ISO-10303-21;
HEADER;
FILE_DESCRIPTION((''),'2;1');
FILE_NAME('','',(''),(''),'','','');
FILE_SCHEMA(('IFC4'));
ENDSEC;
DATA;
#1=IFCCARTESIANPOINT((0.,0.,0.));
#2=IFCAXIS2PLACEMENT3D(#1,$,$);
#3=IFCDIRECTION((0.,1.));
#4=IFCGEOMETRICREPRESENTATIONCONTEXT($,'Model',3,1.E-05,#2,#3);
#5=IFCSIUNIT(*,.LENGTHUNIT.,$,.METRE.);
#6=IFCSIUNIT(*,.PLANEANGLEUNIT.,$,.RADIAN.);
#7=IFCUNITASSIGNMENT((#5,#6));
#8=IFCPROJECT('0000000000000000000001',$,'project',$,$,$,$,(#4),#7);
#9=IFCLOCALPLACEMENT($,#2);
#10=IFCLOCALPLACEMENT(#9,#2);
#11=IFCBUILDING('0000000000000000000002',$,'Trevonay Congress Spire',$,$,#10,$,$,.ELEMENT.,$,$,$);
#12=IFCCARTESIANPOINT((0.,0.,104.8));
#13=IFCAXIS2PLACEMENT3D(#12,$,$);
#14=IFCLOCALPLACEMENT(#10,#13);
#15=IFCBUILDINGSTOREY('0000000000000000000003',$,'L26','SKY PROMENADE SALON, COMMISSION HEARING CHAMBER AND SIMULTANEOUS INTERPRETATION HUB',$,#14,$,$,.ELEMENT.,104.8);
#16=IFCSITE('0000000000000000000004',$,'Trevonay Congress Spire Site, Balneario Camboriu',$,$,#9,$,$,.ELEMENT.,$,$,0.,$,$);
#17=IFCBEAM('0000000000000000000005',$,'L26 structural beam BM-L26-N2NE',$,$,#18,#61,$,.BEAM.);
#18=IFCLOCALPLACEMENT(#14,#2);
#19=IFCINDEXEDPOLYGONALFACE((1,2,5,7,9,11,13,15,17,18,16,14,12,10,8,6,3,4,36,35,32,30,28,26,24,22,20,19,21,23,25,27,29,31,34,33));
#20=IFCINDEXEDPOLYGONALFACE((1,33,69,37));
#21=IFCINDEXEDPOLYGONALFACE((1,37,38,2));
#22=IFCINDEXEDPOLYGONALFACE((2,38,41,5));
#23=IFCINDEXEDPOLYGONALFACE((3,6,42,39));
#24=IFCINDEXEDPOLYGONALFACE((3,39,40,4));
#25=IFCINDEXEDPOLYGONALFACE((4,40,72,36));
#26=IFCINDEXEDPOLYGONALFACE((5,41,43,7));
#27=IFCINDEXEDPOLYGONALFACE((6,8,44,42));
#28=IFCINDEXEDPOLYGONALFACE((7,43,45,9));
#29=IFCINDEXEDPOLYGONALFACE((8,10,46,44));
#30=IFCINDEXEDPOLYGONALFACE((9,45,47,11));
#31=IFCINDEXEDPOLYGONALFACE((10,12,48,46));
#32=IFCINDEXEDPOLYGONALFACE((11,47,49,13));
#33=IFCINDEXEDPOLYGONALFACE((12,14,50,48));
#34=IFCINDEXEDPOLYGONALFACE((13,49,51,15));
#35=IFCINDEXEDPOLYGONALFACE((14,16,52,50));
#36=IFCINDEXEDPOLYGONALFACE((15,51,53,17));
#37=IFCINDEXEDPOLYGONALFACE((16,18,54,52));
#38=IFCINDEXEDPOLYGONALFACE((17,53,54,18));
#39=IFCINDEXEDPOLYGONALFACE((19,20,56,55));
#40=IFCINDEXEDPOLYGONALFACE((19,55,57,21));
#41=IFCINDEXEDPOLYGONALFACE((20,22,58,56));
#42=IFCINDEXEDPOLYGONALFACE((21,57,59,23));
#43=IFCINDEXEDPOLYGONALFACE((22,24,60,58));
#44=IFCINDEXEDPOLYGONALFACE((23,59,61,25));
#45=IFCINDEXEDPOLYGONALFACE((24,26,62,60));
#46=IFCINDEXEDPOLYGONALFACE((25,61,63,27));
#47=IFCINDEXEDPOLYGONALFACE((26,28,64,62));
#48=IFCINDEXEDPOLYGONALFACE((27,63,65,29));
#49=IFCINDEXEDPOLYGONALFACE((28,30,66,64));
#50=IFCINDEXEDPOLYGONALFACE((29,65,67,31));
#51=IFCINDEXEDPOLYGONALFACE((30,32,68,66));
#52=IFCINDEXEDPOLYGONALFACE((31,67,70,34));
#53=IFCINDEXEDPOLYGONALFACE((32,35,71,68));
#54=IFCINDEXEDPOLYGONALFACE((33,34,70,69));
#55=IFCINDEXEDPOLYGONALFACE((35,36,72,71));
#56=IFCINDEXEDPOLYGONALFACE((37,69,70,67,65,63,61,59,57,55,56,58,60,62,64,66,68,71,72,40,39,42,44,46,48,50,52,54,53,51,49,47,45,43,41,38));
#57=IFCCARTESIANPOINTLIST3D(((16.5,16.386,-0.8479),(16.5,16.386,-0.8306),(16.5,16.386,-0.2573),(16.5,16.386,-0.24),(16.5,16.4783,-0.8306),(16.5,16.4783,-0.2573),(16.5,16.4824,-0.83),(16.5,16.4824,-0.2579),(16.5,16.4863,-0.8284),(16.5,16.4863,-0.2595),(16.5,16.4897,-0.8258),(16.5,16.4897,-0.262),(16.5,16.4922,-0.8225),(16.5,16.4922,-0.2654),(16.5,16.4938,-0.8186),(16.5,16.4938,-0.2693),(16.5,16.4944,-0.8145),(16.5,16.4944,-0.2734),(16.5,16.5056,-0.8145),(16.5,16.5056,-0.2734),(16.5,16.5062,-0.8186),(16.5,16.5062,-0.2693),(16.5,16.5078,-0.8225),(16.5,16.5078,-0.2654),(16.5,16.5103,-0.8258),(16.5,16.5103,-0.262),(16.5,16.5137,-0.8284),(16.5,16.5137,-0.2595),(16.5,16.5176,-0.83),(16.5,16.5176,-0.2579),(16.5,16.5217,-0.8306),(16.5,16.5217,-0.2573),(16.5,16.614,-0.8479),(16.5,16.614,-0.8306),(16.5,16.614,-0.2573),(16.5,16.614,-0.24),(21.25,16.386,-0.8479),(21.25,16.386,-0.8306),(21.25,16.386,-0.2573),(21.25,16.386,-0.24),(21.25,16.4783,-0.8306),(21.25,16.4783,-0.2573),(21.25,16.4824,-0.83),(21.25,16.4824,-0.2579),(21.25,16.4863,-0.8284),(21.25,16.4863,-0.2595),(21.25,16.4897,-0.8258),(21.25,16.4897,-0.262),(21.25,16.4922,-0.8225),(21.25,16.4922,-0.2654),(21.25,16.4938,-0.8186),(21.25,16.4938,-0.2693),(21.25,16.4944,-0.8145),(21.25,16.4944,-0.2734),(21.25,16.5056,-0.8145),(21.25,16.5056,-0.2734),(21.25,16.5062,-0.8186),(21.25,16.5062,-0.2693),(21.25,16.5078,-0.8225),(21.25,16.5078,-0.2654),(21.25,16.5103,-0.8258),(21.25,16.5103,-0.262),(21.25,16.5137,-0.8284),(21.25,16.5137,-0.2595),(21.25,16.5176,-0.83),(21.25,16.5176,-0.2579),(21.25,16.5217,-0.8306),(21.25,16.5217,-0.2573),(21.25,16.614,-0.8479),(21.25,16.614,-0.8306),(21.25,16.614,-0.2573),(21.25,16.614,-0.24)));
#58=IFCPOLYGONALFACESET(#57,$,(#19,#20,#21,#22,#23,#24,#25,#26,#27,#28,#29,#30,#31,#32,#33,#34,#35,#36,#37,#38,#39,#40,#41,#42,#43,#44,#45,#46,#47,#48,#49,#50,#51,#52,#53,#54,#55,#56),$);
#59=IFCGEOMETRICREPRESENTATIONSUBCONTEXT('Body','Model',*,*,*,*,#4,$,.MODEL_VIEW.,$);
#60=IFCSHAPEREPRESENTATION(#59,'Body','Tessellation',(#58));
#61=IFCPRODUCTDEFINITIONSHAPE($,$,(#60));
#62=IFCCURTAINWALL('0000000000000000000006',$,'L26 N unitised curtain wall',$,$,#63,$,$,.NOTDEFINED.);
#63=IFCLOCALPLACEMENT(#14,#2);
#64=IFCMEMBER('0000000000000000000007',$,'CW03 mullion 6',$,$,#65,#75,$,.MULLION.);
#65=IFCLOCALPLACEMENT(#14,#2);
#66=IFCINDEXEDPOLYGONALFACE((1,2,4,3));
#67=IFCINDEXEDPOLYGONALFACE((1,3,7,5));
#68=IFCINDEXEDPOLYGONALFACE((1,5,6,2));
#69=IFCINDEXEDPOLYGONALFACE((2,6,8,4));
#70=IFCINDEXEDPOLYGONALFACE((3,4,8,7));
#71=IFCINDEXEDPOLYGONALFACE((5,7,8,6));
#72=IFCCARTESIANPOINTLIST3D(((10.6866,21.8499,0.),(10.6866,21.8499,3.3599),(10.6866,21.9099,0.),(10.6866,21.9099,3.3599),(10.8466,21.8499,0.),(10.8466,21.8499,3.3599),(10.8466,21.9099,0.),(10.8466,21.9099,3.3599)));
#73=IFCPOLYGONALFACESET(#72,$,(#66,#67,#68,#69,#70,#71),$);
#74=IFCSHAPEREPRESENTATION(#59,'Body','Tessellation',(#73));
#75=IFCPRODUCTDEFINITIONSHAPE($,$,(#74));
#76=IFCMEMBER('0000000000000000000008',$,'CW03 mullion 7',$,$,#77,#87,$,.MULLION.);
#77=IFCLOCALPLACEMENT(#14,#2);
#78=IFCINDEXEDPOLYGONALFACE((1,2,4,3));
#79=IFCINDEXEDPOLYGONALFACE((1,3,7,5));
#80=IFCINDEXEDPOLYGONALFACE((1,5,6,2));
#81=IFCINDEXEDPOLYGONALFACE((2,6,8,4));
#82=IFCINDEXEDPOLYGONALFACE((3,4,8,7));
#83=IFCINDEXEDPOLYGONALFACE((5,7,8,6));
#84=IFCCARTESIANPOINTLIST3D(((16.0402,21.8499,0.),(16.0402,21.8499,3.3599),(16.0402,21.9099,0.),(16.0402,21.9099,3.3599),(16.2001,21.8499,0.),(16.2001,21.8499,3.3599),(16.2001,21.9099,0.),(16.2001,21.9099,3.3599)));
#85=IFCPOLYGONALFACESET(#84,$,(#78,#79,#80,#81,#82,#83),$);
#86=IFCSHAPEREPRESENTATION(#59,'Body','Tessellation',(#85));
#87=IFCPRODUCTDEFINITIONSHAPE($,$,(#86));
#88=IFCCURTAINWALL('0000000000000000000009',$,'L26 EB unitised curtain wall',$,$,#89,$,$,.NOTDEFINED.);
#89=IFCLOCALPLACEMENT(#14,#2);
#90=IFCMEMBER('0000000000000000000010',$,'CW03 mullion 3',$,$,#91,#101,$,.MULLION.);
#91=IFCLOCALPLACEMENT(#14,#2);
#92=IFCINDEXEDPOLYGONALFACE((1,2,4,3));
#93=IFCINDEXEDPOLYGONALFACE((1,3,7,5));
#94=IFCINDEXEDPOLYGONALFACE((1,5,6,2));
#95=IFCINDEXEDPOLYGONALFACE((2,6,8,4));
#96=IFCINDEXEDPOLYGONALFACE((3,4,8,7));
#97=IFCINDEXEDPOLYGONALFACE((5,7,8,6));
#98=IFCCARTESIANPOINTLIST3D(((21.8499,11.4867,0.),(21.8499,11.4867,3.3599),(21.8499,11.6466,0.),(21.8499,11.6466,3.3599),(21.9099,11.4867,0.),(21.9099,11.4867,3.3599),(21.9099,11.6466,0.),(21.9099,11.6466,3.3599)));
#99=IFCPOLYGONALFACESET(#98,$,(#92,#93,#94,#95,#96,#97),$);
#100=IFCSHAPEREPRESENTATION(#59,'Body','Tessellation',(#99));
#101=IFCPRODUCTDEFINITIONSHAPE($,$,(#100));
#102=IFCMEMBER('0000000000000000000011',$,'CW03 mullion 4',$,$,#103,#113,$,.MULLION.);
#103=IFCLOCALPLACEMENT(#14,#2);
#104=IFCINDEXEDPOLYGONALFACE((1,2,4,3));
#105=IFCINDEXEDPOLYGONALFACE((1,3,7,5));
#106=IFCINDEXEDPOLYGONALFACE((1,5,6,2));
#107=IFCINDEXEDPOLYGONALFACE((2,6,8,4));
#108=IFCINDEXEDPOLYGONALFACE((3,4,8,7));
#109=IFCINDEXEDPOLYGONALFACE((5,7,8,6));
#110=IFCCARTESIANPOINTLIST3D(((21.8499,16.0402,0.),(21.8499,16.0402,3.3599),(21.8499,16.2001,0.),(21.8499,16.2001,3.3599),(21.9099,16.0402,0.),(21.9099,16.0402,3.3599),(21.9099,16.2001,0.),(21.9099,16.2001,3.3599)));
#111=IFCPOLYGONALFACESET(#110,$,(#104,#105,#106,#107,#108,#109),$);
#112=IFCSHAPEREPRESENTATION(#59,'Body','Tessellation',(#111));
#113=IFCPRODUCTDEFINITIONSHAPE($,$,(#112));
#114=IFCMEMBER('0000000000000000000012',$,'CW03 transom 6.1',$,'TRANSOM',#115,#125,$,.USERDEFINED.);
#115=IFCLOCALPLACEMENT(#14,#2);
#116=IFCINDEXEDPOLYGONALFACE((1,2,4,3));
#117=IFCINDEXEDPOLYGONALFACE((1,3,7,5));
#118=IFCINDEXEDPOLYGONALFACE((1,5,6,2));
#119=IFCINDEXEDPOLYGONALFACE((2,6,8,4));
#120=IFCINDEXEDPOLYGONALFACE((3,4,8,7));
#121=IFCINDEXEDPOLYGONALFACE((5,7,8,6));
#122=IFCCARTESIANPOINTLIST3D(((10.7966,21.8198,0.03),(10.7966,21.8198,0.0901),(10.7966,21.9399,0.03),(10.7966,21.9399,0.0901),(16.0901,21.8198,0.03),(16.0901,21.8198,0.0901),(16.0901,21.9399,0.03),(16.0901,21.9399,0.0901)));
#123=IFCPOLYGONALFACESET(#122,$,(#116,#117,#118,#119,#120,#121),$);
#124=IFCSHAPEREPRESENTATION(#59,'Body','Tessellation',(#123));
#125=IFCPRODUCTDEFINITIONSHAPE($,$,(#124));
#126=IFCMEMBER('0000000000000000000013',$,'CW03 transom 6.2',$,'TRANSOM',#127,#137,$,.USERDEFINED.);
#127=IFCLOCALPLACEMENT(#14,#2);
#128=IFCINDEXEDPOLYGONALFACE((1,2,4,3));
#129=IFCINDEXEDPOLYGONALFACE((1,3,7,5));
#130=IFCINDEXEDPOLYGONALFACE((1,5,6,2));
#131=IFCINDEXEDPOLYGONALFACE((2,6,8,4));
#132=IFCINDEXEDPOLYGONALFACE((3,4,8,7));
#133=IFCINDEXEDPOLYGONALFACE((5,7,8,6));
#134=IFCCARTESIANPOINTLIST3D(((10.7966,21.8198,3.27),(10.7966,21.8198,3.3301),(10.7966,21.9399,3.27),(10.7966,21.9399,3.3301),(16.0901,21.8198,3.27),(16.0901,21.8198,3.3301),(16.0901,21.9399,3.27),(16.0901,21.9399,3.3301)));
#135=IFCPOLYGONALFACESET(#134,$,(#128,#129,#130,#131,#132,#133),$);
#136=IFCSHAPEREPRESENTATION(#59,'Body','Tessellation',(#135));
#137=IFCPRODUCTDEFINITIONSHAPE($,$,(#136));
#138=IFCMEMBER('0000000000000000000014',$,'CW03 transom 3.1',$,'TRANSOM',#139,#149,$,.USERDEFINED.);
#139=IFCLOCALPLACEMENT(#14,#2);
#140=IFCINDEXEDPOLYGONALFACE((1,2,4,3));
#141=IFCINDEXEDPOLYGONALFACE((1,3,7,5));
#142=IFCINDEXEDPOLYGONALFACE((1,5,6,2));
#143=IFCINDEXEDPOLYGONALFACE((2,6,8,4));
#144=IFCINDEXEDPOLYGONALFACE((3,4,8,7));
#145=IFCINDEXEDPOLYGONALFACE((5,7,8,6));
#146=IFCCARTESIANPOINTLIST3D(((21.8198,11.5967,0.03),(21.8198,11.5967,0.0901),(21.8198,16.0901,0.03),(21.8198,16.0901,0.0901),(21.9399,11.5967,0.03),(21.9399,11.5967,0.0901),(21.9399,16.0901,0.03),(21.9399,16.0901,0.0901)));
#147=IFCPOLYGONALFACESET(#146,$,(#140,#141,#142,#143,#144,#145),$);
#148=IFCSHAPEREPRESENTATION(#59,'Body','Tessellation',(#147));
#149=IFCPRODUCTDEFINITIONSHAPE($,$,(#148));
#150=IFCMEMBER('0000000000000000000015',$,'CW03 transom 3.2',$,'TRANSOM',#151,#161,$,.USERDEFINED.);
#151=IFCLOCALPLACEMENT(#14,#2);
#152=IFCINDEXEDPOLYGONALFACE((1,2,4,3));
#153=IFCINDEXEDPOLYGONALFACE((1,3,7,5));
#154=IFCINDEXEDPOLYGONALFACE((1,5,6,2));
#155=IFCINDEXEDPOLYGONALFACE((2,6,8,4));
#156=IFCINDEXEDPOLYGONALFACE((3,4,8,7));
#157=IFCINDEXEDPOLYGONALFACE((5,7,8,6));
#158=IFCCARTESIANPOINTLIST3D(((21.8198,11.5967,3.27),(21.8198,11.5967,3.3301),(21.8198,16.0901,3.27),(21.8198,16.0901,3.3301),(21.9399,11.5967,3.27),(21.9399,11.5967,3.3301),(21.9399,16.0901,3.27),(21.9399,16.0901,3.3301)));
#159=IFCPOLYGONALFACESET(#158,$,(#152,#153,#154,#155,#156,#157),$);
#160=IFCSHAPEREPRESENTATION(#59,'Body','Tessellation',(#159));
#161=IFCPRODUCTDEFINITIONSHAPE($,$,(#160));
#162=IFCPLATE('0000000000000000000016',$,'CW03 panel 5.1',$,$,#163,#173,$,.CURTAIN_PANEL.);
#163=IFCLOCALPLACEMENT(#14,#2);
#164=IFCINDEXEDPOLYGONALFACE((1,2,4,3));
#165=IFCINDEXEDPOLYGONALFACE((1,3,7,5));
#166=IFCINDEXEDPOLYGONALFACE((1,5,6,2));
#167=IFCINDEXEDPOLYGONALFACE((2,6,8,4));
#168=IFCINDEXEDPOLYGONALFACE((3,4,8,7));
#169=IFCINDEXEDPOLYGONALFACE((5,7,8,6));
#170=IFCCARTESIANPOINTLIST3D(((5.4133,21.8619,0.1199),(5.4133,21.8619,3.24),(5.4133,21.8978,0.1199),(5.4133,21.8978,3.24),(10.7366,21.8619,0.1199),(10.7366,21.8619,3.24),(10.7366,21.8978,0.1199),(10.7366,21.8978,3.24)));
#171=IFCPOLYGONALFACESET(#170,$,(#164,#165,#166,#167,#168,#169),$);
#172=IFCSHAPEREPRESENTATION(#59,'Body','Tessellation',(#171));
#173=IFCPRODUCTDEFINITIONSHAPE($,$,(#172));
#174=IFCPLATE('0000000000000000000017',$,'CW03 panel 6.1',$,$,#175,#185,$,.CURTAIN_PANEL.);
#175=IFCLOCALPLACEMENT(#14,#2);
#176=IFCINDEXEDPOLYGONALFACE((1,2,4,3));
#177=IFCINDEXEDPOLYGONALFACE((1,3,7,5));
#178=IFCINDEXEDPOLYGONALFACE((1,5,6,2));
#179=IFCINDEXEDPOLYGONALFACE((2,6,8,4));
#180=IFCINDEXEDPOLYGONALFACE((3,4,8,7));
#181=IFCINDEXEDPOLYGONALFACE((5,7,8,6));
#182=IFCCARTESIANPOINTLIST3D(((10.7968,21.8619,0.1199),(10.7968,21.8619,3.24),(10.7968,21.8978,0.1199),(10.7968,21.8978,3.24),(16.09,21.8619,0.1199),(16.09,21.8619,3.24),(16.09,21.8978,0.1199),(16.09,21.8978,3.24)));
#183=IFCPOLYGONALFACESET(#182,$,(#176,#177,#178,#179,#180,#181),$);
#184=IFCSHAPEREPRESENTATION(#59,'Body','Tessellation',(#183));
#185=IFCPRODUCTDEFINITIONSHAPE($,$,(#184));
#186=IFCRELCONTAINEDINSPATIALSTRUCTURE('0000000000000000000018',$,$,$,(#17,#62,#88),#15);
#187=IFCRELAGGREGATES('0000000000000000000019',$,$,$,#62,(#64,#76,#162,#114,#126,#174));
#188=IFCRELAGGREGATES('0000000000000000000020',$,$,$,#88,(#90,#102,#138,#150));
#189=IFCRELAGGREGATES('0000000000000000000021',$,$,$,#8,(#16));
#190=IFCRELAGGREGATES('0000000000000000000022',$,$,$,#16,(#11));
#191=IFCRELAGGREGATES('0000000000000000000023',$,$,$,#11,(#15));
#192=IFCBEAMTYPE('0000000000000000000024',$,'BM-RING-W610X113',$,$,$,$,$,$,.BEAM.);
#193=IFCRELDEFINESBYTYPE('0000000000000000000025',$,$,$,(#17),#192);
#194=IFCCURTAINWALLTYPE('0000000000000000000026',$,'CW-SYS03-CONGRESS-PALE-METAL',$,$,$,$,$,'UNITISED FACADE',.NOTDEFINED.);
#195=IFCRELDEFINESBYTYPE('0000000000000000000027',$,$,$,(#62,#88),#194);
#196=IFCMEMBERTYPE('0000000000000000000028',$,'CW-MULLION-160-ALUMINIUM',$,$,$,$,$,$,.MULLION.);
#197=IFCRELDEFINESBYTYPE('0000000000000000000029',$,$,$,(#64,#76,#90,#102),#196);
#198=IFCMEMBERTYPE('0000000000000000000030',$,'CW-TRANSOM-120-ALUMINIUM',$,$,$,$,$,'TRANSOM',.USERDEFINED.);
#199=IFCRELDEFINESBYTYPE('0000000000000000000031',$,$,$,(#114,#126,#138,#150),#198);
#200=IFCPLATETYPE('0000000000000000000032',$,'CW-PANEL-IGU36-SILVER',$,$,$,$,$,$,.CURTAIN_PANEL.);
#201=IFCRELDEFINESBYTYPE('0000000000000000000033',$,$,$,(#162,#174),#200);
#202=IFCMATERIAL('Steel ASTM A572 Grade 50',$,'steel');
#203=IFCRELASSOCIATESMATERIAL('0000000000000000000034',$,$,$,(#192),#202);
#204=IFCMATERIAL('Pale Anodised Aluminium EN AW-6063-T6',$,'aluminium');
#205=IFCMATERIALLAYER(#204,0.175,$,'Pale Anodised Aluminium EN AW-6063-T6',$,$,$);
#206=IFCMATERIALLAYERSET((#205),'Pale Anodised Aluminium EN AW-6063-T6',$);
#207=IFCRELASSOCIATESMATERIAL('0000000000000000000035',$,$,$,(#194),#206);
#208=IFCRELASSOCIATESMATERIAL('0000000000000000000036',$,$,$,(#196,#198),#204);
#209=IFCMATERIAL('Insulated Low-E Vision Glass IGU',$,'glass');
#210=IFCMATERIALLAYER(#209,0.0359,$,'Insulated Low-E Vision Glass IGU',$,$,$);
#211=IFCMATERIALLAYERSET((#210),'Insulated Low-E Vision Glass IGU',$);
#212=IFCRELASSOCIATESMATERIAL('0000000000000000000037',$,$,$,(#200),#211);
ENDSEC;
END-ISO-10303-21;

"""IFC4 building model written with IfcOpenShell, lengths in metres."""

from ifc_helpers import new_model, si_unit, direction, frame, origin, origin_2d, place, context, subcontext, project, spatial, rectangle, i_section, extrude, material, layer, layer_set, material_profile, profile_set, type_object, element, aggregate, save


model = new_model("IFC4")

# Units and contexts
model_context = context("Model", 3, precision=1e-05, world=origin(), true_north=direction((0.0, 1.0)))
body_context = subcontext(model_context, "Body", "Model", "MODEL_VIEW")
ifc_project = project(units=[si_unit("LENGTHUNIT", "METRE"), si_unit("PLANEANGLEUNIT", "RADIAN")], contexts=[model_context])

# Site, building, storey
site_placement = place(None, origin())
site = spatial("IfcSite", under=ifc_project, at=site_placement, Name="Trevonay Congress Spire Site, Balneario Camboriu", CompositionType="ELEMENT", RefElevation=0.0)
building_placement = place(site_placement, origin())
building = spatial("IfcBuilding", under=site, at=building_placement, Name="Trevonay Congress Spire", CompositionType="ELEMENT")
storey_placement = place(building_placement, frame((0.0, 0.0, 104.8)))
storey = spatial("IfcBuildingStorey", under=building, at=storey_placement, Name="L26", Description="SKY PROMENADE SALON, COMMISSION HEARING CHAMBER AND SIMULTANEOUS INTERPRETATION HUB", CompositionType="ELEMENT", Elevation=104.8)

# Shared definitions
ifc_material_1 = material(Name="Steel ASTM A572 Grade 50", Category="steel")

# Beam
ifc_material_profile_1 = material_profile(ifc_material_1, i_section(OverallWidth=0.228, OverallDepth=0.6079, WebThickness=0.0112, FlangeThickness=0.0173, FilletRadius=0.0161, at=origin_2d()), Name="W610x113")
ifc_profile_set_1 = profile_set([ifc_material_profile_1], Name="Steel ASTM A572 Grade 50")
beam_type = type_object("IfcBeamType", Name="BM-RING-W610X113", PredefinedType="BEAM", material=ifc_profile_set_1)
for number, where, z_axis, x_axis, name in (
    (1, (21.25, 16.5, -0.5439), (-1.0, 0.0, 0.0), (0.0, -1.0, 0.0), "L26 structural beam BM-L26-N2NE"),
):
    element("IfcBeam", number, at=place(storey_placement, frame(where, z_axis=z_axis, x_axis=x_axis)), inside=storey, type_object=beam_type, Name=name, PredefinedType="BEAM", context=body_context, shape_type="SweptSolid", body=[
        extrude(i_section(OverallWidth=0.228, OverallDepth=0.6079, WebThickness=0.0112, FlangeThickness=0.0173, FilletRadius=0.0161, at=origin_2d()), origin(), (0.0, 0.0, 1.0), 4.75),
    ])

# Curtain walls, members
ifc_material_2 = material(Name="Pale Anodised Aluminium EN AW-6063-T6", Category="aluminium")
ifc_layer_1 = layer(ifc_material_2, 0.175, Name="Pale Anodised Aluminium EN AW-6063-T6")
ifc_layer_set_1 = layer_set([ifc_layer_1], Name="Pale Anodised Aluminium EN AW-6063-T6")
curtain_wall_type = type_object("IfcCurtainWallType", Name="CW-SYS03-CONGRESS-PALE-METAL", ElementType="UNITISED FACADE", PredefinedType="NOTDEFINED", material=ifc_layer_set_1)
curtain_wall_1_placement = place(storey_placement, origin())
curtain_wall_1 = element("IfcCurtainWall", 2, at=curtain_wall_1_placement, inside=storey, type_object=curtain_wall_type, Name="L26 N unitised curtain wall", PredefinedType="NOTDEFINED")
ifc_material_profile_2 = material_profile(ifc_material_2, rectangle(XDim=0.0601, YDim=0.1599, at=origin_2d()), Name="CW-MULLION-160-ALUMINIUM")
ifc_profile_set_2 = profile_set([ifc_material_profile_2], Name="Pale Anodised Aluminium EN AW-6063-T6")
member_type_1 = type_object("IfcMemberType", Name="CW-MULLION-160-ALUMINIUM", PredefinedType="MULLION", material=ifc_profile_set_2)
member_1_placement = place(storey_placement, frame((10.7666, 21.8799, 0.0), z_axis=(0.0, 0.0, 1.0), x_axis=(0.0, 1.0, 0.0)))
member_1 = element("IfcMember", 3, at=member_1_placement, type_object=member_type_1, Name="CW03 mullion 6", PredefinedType="MULLION", context=body_context, shape_type="SweptSolid", body=[
    extrude(rectangle(XDim=0.0601, YDim=0.1599, at=origin_2d()), origin(), (0.0, 0.0, 1.0), 3.3599),
])
member_2_placement = place(storey_placement, frame((16.1201, 21.8799, 0.0), z_axis=(0.0, 0.0, 1.0), x_axis=(0.0, 1.0, 0.0)))
member_2 = element("IfcMember", 4, at=member_2_placement, type_object=member_type_1, Name="CW03 mullion 7", PredefinedType="MULLION", context=body_context, shape_type="SweptSolid", body=[
    extrude(rectangle(XDim=0.0601, YDim=0.1599, at=origin_2d()), origin(), (0.0, 0.0, 1.0), 3.3599),
])
curtain_wall_2_placement = place(storey_placement, origin())
curtain_wall_2 = element("IfcCurtainWall", 5, at=curtain_wall_2_placement, inside=storey, type_object=curtain_wall_type, Name="L26 EB unitised curtain wall", PredefinedType="NOTDEFINED")
member_3_placement = place(storey_placement, frame((21.8799, 11.5667, 0.0), z_axis=(0.0, 0.0, 1.0), x_axis=(-1.0, 0.0, 0.0)))
member_3 = element("IfcMember", 6, at=member_3_placement, type_object=member_type_1, Name="CW03 mullion 3", PredefinedType="MULLION", context=body_context, shape_type="SweptSolid", body=[
    extrude(rectangle(XDim=0.0601, YDim=0.1599, at=origin_2d()), origin(), (0.0, 0.0, 1.0), 3.3599),
])
member_4_placement = place(storey_placement, frame((21.8799, 16.1201, 0.0), z_axis=(0.0, 0.0, 1.0), x_axis=(-1.0, 0.0, 0.0)))
member_4 = element("IfcMember", 7, at=member_4_placement, type_object=member_type_1, Name="CW03 mullion 4", PredefinedType="MULLION", context=body_context, shape_type="SweptSolid", body=[
    extrude(rectangle(XDim=0.0601, YDim=0.1599, at=origin_2d()), origin(), (0.0, 0.0, 1.0), 3.3599),
])

# Members
ifc_material_profile_3 = material_profile(ifc_material_2, rectangle(XDim=0.1201, YDim=0.0601, at=origin_2d()), Name="CW-TRANSOM-120-ALUMINIUM")
ifc_profile_set_3 = profile_set([ifc_material_profile_3], Name="Pale Anodised Aluminium EN AW-6063-T6")
member_type_2 = type_object("IfcMemberType", Name="CW-TRANSOM-120-ALUMINIUM", ElementType="TRANSOM", PredefinedType="USERDEFINED", material=ifc_profile_set_3)
member_5_placement = place(storey_placement, frame((10.7966, 21.8799, 0.0601), z_axis=(1.0, 0.0, 0.0), x_axis=(0.0, 1.0, 0.0)))
member_5 = element("IfcMember", 8, at=member_5_placement, type_object=member_type_2, Name="CW03 transom 6.1", ObjectType="TRANSOM", PredefinedType="USERDEFINED", context=body_context, shape_type="SweptSolid", body=[
    extrude(rectangle(XDim=0.1201, YDim=0.0601, at=origin_2d()), origin(), (0.0, 0.0, 1.0), 5.2935),
])
member_6_placement = place(storey_placement, frame((10.7966, 21.8799, 3.3), z_axis=(1.0, 0.0, 0.0), x_axis=(0.0, 1.0, 0.0)))
member_6 = element("IfcMember", 9, at=member_6_placement, type_object=member_type_2, Name="CW03 transom 6.2", ObjectType="TRANSOM", PredefinedType="USERDEFINED", context=body_context, shape_type="SweptSolid", body=[
    extrude(rectangle(XDim=0.1201, YDim=0.0601, at=origin_2d()), origin(), (0.0, 0.0, 1.0), 5.2935),
])
member_7_placement = place(storey_placement, frame((21.8799, 11.5967, 0.0601), z_axis=(0.0, 1.0, 0.0), x_axis=(-1.0, 0.0, 0.0)))
member_7 = element("IfcMember", 10, at=member_7_placement, type_object=member_type_2, Name="CW03 transom 3.1", ObjectType="TRANSOM", PredefinedType="USERDEFINED", context=body_context, shape_type="SweptSolid", body=[
    extrude(rectangle(XDim=0.1201, YDim=0.0601, at=origin_2d()), origin(), (0.0, 0.0, 1.0), 4.4934),
])
member_8_placement = place(storey_placement, frame((21.8799, 11.5967, 3.3), z_axis=(0.0, 1.0, 0.0), x_axis=(-1.0, 0.0, 0.0)))
member_8 = element("IfcMember", 11, at=member_8_placement, type_object=member_type_2, Name="CW03 transom 3.2", ObjectType="TRANSOM", PredefinedType="USERDEFINED", context=body_context, shape_type="SweptSolid", body=[
    extrude(rectangle(XDim=0.1201, YDim=0.0601, at=origin_2d()), origin(), (0.0, 0.0, 1.0), 4.4934),
])

# Plates
ifc_material_3 = material(Name="Insulated Low-E Vision Glass IGU", Category="glass")
ifc_layer_2 = layer(ifc_material_3, 0.0359, Name="Insulated Low-E Vision Glass IGU")
ifc_layer_set_2 = layer_set([ifc_layer_2], Name="Insulated Low-E Vision Glass IGU")
plate_type = type_object("IfcPlateType", Name="CW-PANEL-IGU36-SILVER", PredefinedType="CURTAIN_PANEL", material=ifc_layer_set_2)
plate_1_placement = place(storey_placement, frame((8.075, 21.8799, 0.1199), z_axis=(0.0, 0.0, 1.0), x_axis=(1.0, 0.0, 0.0)))
plate_1 = element("IfcPlate", 12, at=plate_1_placement, type_object=plate_type, Name="CW03 panel 5.1", PredefinedType="CURTAIN_PANEL", context=body_context, shape_type="SweptSolid", body=[
    extrude(rectangle(XDim=5.3232, YDim=0.0359, at=origin_2d()), origin(), (0.0, 0.0, 1.0), 3.1201),
])
plate_2_placement = place(storey_placement, frame((13.4434, 21.8799, 0.1199), z_axis=(0.0, 0.0, 1.0), x_axis=(1.0, 0.0, 0.0)))
plate_2 = element("IfcPlate", 13, at=plate_2_placement, type_object=plate_type, Name="CW03 panel 6.1", PredefinedType="CURTAIN_PANEL", context=body_context, shape_type="SweptSolid", body=[
    extrude(rectangle(XDim=5.2932, YDim=0.0359, at=origin_2d()), origin(), (0.0, 0.0, 1.0), 3.1201),
])
aggregate(curtain_wall_1, [member_1, member_2, plate_1, member_5, member_6, plate_2])
aggregate(curtain_wall_2, [member_3, member_4, member_7, member_8])

save(model, "model.ifc")
